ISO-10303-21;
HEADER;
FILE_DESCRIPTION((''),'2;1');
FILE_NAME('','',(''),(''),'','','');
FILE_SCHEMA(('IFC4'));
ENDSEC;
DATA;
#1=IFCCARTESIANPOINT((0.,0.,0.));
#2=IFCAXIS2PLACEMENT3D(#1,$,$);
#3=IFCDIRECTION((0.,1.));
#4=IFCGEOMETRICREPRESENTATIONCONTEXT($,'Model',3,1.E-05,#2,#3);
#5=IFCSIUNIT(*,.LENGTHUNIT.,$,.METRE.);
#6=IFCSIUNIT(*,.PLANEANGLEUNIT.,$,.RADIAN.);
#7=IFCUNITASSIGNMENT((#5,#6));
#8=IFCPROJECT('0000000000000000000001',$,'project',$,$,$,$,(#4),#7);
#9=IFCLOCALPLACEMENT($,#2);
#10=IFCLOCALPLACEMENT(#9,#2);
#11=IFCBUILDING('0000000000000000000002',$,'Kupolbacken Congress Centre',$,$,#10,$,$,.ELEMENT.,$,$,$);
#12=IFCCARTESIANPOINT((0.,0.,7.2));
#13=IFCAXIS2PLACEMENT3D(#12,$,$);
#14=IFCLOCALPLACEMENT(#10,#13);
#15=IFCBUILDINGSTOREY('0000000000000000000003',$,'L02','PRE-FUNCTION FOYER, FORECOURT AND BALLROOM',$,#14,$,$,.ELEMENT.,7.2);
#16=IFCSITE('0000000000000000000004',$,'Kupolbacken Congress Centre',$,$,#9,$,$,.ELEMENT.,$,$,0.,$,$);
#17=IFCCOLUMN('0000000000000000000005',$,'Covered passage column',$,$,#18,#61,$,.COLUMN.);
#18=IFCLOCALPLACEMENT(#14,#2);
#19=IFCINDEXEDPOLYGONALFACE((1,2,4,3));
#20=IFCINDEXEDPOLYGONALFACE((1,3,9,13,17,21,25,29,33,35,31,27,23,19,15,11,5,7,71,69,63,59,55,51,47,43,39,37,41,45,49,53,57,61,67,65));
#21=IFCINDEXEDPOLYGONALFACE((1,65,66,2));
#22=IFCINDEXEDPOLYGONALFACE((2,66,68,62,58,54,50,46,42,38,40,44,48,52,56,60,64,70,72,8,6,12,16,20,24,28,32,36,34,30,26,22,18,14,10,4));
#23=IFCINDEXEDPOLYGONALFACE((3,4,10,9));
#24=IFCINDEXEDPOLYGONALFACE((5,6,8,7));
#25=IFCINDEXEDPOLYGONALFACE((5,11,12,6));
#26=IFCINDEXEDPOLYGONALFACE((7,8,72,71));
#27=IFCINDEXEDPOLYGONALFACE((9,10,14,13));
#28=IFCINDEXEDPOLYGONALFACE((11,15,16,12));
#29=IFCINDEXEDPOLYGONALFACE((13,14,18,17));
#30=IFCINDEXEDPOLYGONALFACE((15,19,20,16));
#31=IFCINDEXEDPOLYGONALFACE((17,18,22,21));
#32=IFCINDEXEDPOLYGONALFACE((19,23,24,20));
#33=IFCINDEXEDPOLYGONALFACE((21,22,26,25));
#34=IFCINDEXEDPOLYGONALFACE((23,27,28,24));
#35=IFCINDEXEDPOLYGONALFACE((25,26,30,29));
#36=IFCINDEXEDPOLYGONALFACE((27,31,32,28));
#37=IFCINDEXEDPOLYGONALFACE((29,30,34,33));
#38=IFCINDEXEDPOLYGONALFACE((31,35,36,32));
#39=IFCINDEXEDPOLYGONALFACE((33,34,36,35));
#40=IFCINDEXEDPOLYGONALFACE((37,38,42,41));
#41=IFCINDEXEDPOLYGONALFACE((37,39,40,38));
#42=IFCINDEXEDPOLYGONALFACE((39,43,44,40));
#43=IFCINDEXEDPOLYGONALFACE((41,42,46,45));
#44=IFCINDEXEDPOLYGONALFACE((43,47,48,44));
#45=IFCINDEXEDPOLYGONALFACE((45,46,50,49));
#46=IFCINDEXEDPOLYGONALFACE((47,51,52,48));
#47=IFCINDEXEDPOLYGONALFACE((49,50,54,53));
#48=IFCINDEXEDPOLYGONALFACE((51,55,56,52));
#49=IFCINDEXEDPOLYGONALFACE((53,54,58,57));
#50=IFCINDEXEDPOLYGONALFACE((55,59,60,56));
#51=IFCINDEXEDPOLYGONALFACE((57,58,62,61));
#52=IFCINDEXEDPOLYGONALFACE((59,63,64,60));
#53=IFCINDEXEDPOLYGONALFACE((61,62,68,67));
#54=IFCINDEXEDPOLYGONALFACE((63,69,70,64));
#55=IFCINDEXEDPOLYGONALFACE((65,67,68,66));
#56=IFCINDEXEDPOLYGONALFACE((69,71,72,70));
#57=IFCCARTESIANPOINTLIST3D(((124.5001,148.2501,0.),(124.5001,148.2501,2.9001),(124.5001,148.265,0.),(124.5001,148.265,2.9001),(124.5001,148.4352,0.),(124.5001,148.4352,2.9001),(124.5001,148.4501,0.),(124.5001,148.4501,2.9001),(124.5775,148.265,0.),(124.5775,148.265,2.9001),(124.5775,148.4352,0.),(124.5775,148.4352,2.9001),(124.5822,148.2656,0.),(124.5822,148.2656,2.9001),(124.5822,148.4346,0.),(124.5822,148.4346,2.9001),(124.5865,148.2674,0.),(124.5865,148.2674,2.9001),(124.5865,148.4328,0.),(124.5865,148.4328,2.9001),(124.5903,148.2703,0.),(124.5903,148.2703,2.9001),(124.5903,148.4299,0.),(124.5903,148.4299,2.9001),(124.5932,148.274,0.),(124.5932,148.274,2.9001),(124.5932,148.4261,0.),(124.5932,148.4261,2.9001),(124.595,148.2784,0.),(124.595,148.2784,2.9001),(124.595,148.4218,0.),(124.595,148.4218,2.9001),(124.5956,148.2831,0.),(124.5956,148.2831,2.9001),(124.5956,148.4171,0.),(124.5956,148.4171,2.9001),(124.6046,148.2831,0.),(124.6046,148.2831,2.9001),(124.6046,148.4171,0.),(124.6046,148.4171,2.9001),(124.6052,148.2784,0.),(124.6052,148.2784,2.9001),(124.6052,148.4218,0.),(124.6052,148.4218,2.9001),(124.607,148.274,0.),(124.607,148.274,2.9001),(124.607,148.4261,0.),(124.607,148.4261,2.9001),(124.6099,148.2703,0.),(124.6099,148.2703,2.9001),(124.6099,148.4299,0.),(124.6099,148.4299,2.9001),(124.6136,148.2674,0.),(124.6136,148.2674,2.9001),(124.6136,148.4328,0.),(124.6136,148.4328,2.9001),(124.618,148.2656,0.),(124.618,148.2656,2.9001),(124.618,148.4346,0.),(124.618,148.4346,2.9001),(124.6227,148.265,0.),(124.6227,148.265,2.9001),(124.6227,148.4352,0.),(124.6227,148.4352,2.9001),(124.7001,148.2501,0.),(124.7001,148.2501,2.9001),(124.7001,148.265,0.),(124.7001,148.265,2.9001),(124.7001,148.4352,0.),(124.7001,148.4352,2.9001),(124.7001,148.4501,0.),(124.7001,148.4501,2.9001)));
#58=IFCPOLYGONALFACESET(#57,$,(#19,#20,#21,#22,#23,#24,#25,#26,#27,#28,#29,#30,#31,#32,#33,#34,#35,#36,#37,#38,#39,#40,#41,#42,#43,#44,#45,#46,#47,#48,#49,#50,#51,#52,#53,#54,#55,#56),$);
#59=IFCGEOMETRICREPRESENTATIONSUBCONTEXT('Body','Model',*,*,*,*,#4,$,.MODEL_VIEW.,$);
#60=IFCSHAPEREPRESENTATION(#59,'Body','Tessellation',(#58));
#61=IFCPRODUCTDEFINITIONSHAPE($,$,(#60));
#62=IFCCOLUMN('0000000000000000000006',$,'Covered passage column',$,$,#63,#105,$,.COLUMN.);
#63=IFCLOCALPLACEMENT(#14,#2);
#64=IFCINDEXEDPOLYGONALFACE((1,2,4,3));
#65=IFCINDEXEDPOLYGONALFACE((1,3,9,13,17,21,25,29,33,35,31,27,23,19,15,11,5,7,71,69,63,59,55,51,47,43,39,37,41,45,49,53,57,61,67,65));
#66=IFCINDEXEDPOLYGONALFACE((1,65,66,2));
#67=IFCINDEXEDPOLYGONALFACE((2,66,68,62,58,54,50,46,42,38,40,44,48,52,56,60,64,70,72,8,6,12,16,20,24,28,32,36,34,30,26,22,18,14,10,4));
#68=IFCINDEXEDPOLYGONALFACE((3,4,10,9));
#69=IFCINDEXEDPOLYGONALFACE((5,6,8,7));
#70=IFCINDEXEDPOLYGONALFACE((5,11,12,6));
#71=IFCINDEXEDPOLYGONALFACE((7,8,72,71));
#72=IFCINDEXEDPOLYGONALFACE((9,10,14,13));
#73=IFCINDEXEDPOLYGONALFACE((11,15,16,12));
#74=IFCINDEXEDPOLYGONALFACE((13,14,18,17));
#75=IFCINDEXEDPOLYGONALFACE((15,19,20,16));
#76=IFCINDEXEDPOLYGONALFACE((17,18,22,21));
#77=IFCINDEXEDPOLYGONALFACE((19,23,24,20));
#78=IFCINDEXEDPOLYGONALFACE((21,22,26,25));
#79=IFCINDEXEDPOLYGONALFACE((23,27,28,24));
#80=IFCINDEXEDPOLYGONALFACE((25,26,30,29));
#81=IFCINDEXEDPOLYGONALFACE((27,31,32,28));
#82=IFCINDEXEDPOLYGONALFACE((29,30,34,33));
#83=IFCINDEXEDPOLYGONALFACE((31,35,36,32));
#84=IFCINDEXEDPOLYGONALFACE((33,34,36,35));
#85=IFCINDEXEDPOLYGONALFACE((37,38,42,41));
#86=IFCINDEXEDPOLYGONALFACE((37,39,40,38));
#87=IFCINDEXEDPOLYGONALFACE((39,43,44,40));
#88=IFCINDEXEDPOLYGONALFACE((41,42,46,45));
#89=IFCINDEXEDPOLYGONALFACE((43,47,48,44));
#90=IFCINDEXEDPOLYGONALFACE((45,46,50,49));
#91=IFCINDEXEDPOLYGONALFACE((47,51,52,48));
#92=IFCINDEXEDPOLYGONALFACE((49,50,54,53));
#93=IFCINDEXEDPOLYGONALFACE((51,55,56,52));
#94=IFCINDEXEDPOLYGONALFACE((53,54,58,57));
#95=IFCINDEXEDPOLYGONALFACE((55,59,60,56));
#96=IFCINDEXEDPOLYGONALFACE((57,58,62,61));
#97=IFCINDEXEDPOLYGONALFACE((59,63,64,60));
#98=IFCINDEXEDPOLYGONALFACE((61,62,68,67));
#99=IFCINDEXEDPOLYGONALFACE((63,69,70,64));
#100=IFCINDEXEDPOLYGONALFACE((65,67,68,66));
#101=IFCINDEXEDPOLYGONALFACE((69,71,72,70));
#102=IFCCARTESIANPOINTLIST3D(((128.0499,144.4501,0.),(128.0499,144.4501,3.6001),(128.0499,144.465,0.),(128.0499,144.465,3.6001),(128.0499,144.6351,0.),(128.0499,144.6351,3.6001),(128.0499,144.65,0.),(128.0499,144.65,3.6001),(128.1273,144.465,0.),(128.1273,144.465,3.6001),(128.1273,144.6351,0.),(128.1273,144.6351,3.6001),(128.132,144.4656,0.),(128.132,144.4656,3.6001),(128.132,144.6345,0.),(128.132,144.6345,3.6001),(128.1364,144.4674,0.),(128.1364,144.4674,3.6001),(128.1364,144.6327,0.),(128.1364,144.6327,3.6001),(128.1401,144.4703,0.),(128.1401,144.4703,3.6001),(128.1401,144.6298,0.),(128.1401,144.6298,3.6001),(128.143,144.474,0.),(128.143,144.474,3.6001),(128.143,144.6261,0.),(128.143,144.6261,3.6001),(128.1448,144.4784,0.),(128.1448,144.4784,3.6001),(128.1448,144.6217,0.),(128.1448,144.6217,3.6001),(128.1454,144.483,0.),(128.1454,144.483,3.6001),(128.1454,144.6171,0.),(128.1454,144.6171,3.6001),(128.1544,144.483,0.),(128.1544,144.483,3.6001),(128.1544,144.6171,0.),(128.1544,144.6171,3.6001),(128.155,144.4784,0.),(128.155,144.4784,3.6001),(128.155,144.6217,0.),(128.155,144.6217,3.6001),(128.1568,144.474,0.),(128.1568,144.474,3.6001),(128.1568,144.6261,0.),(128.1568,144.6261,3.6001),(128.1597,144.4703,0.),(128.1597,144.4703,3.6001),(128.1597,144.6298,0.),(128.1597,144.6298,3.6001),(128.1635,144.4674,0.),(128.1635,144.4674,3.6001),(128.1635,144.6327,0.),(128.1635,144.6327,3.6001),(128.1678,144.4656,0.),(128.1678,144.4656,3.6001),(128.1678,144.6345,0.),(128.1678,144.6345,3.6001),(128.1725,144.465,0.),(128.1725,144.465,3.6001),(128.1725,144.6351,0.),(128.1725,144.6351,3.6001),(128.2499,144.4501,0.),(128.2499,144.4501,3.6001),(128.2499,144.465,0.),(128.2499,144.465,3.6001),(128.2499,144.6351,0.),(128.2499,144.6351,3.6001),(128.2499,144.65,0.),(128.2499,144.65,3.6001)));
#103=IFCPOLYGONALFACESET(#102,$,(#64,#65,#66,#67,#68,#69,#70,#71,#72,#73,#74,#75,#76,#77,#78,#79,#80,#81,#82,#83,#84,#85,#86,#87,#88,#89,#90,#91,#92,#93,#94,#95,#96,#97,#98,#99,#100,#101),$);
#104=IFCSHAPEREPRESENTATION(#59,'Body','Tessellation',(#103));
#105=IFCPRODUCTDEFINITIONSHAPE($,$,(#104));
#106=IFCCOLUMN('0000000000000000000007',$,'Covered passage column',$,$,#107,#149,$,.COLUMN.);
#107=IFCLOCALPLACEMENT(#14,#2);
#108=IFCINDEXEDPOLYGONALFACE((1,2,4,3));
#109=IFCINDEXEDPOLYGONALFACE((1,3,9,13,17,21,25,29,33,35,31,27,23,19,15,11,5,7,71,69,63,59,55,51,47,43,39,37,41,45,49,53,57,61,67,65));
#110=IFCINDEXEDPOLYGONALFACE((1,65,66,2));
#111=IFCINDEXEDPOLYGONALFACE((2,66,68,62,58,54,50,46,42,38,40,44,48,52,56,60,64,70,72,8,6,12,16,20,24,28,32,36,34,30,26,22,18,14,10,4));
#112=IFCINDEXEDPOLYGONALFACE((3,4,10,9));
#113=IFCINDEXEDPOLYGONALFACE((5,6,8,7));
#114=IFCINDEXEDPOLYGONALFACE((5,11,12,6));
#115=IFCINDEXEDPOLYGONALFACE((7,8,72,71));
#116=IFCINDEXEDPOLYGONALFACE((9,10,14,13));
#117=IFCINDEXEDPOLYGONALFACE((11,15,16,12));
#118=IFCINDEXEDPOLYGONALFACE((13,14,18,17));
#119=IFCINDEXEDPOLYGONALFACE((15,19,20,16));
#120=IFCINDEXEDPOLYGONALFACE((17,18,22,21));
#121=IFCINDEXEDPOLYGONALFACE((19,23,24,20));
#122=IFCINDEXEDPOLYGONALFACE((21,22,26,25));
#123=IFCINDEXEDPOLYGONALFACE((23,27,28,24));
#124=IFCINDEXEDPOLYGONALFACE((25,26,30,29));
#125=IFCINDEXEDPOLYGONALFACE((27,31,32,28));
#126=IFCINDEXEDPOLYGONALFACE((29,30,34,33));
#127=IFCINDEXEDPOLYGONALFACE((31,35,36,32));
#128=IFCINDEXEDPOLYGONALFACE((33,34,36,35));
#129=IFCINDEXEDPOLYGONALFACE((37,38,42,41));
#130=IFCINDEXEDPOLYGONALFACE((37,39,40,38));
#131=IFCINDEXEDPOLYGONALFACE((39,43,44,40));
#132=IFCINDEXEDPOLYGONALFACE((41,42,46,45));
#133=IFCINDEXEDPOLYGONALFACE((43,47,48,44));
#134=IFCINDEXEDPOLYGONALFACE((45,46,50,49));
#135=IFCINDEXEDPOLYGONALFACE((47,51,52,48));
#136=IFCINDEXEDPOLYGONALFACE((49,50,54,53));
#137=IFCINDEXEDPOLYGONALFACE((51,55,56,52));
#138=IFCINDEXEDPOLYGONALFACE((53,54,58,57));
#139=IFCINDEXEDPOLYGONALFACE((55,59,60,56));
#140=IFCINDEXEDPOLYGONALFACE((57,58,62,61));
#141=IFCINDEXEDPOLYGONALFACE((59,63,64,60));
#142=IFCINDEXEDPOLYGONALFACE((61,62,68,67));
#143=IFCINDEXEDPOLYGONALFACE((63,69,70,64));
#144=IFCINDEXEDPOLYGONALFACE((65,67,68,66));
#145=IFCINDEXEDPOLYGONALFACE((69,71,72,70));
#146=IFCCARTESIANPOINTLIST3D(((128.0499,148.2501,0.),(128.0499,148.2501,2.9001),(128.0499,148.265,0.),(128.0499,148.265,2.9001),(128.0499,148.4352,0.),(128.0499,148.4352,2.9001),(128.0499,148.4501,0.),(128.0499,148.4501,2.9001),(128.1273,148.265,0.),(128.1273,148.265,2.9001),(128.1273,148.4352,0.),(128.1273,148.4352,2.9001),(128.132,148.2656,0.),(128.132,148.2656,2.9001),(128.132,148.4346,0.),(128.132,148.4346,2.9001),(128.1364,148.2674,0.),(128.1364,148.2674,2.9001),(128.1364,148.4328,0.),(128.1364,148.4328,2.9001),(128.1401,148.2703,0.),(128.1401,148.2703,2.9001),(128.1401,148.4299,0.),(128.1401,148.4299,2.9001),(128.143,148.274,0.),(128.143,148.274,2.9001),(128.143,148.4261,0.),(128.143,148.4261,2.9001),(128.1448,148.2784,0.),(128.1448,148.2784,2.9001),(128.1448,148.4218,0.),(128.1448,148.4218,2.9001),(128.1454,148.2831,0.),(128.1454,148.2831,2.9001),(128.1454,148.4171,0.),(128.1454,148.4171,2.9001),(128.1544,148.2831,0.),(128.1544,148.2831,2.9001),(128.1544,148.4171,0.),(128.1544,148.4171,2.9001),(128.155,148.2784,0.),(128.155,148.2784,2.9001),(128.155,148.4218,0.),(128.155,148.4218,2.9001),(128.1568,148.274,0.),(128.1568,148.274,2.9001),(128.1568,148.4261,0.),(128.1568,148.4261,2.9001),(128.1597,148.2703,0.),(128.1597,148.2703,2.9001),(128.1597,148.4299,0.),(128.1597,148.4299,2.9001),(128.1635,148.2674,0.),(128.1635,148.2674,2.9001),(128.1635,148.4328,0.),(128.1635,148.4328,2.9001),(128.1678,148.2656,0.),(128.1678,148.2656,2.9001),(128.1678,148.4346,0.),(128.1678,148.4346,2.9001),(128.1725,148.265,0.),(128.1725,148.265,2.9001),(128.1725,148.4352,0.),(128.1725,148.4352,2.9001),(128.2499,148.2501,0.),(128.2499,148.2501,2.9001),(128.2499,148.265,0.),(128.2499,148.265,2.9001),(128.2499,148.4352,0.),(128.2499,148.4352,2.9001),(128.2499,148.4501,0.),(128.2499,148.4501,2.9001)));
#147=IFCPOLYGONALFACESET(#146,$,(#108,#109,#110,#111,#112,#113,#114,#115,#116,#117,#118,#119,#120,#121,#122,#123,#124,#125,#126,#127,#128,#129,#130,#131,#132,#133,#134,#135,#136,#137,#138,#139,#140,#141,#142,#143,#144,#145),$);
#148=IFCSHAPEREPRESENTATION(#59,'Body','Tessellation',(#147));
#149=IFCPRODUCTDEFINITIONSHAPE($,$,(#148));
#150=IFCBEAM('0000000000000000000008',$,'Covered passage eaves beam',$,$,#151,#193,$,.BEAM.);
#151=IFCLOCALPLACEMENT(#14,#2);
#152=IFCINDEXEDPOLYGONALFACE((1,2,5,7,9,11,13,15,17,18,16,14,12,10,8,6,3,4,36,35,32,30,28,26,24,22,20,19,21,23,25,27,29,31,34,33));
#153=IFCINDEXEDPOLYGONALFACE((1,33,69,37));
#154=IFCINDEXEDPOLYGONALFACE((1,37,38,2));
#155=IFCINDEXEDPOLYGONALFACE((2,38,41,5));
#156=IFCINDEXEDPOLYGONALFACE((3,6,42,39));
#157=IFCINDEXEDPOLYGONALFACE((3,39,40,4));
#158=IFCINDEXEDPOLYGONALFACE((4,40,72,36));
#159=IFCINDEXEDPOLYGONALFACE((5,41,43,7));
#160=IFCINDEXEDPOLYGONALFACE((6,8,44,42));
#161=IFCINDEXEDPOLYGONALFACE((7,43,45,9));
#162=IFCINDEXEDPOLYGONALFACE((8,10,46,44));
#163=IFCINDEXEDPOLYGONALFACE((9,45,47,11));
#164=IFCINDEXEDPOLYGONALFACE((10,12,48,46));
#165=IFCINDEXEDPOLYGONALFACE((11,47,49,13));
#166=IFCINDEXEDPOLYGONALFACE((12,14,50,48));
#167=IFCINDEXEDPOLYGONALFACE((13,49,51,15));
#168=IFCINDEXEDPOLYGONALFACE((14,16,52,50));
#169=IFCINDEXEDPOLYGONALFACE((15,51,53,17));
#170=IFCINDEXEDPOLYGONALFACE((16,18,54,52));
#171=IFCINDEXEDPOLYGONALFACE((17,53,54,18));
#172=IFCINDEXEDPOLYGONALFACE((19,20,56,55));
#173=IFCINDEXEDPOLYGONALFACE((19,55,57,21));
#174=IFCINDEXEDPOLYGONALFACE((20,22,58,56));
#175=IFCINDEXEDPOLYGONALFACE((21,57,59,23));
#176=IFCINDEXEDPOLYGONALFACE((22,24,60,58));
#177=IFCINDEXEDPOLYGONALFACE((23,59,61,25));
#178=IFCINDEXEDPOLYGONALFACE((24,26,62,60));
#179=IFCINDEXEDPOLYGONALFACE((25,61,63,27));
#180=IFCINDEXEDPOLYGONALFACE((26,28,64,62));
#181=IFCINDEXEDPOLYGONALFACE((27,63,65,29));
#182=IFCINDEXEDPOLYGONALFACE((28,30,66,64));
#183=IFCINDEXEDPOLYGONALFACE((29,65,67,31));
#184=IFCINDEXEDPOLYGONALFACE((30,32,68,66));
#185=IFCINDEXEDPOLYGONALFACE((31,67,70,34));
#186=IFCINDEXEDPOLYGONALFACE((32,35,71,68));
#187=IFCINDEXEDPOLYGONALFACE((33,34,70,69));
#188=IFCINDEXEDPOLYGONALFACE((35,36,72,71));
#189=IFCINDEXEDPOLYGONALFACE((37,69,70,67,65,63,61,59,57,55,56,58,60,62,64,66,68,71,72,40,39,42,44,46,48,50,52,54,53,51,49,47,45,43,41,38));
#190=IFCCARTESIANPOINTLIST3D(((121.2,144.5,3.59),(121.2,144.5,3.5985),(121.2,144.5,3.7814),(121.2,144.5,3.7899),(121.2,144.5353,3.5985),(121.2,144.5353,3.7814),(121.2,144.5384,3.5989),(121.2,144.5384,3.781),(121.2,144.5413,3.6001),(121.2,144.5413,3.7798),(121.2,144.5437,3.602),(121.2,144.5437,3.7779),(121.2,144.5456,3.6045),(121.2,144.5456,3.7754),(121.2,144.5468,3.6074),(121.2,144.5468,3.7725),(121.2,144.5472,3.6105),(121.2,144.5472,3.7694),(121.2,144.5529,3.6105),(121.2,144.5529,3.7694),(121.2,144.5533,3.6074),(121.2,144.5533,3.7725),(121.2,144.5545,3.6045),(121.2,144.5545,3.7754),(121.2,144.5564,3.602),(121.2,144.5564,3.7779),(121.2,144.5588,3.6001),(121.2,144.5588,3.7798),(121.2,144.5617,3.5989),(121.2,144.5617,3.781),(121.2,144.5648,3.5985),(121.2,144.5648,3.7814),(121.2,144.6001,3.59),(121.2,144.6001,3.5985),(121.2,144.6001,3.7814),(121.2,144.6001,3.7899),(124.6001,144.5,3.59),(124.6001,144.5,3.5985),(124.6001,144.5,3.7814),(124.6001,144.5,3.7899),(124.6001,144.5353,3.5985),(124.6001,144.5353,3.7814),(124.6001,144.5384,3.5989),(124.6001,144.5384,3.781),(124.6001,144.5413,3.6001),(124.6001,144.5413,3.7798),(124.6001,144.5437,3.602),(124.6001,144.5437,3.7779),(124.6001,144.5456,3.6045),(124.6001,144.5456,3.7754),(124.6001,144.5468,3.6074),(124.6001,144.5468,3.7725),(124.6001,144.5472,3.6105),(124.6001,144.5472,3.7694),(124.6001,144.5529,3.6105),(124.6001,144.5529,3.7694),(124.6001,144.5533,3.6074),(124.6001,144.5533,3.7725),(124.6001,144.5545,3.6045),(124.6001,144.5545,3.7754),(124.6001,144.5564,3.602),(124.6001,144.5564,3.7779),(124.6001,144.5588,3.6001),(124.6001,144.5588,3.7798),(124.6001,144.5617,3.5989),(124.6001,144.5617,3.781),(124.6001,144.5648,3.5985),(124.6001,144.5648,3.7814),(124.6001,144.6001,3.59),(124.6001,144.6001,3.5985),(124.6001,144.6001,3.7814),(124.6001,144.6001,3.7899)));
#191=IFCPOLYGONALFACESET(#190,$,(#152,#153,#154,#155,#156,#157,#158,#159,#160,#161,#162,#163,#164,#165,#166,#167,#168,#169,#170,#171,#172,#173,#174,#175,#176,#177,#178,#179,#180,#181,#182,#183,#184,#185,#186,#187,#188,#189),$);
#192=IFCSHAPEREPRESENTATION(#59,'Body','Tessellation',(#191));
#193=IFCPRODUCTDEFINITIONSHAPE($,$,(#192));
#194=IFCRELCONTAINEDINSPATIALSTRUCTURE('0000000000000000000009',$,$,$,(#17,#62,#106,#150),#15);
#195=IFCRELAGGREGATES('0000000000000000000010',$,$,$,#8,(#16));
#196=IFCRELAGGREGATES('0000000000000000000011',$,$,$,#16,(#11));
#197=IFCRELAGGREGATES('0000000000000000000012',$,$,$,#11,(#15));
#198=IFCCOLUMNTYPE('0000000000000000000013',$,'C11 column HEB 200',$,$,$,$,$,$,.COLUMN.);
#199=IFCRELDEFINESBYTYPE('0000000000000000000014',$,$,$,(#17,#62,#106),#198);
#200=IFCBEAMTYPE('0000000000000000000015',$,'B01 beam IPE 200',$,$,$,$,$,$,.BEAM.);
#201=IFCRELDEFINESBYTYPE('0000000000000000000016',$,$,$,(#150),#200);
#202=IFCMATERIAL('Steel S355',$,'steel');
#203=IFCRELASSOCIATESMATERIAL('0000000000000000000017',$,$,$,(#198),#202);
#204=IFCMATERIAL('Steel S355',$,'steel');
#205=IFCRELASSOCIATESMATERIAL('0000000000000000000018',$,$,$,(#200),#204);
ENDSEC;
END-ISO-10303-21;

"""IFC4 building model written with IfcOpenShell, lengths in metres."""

from ifc_helpers import new_model, si_unit, direction, frame, origin, origin_2d, place, context, subcontext, project, spatial, i_section, extrude, material, material_profile, profile_set, type_object, element, save


model = new_model("IFC4")

# Units and contexts
model_context = context("Model", 3, precision=1e-05, world=origin(), true_north=direction((0.0, 1.0)))
body_context = subcontext(model_context, "Body", "Model", "MODEL_VIEW")
ifc_project = project(units=[si_unit("LENGTHUNIT", "METRE"), si_unit("PLANEANGLEUNIT", "RADIAN")], contexts=[model_context])

# Site, building, storey
site_placement = place(None, origin())
site = spatial("IfcSite", under=ifc_project, at=site_placement, Name="Kupolbacken Congress Centre", CompositionType="ELEMENT", RefElevation=0.0)
building_placement = place(site_placement, origin())
building = spatial("IfcBuilding", under=site, at=building_placement, Name="Kupolbacken Congress Centre", CompositionType="ELEMENT")
storey_placement = place(building_placement, frame((0.0, 0.0, 7.2)))
storey = spatial("IfcBuildingStorey", under=building, at=storey_placement, Name="L02", Description="PRE-FUNCTION FOYER, FORECOURT AND BALLROOM", CompositionType="ELEMENT", Elevation=7.2)

# Columns
ifc_material_1 = material(Name="Steel S355", Category="steel")
ifc_material_profile_1 = material_profile(ifc_material_1, i_section(OverallWidth=0.2, OverallDepth=0.2, WebThickness=0.009, FlangeThickness=0.0149, FilletRadius=0.0181, at=origin_2d()), Name="HEB 200")
ifc_profile_set_1 = profile_set([ifc_material_profile_1], Name="Steel S355")
column_type = type_object("IfcColumnType", Name="C11 column HEB 200", PredefinedType="COLUMN", material=ifc_profile_set_1)
column_1_placement = place(storey_placement, frame((124.6001, 148.3501, 0.0), z_axis=(0.0, 0.0, 1.0), x_axis=(1.0, 0.0, 0.0)))
element("IfcColumn", 1, at=column_1_placement, inside=storey, type_object=column_type, Name="Covered passage column", PredefinedType="COLUMN", context=body_context, shape_type="SweptSolid", body=[
    extrude(i_section(OverallWidth=0.2, OverallDepth=0.2, WebThickness=0.009, FlangeThickness=0.0149, FilletRadius=0.0181, at=origin_2d()), origin(), (0.0, 0.0, 1.0), 2.9001),
])
column_2_placement = place(storey_placement, frame((128.1499, 144.55, 0.0), z_axis=(0.0, 0.0, 1.0), x_axis=(1.0, 0.0, 0.0)))
element("IfcColumn", 2, at=column_2_placement, inside=storey, type_object=column_type, Name="Covered passage column", PredefinedType="COLUMN", context=body_context, shape_type="SweptSolid", body=[
    extrude(i_section(OverallWidth=0.2, OverallDepth=0.2, WebThickness=0.009, FlangeThickness=0.0149, FilletRadius=0.0181, at=origin_2d()), origin(), (0.0, 0.0, 1.0), 3.6001),
])
column_3_placement = place(storey_placement, frame((128.1499, 148.3501, 0.0), z_axis=(0.0, 0.0, 1.0), x_axis=(1.0, 0.0, 0.0)))
element("IfcColumn", 3, at=column_3_placement, inside=storey, type_object=column_type, Name="Covered passage column", PredefinedType="COLUMN", context=body_context, shape_type="SweptSolid", body=[
    extrude(i_section(OverallWidth=0.2, OverallDepth=0.2, WebThickness=0.009, FlangeThickness=0.0149, FilletRadius=0.0181, at=origin_2d()), origin(), (0.0, 0.0, 1.0), 2.9001),
])

# Beam
ifc_material_2 = material(Name="Steel S355", Category="steel")
ifc_material_profile_2 = material_profile(ifc_material_2, i_section(OverallWidth=0.1001, OverallDepth=0.2, WebThickness=0.0056, FlangeThickness=0.0085, FilletRadius=0.012, at=origin_2d()), Name="IPE 200")
ifc_profile_set_2 = profile_set([ifc_material_profile_2], Name="Steel S355")
beam_type_1 = type_object("IfcBeamType", Name="B01 beam IPE 200", PredefinedType="BEAM", material=ifc_profile_set_2)
for number, where, z_axis, x_axis, name in (
    (4, (121.2, 144.55, 3.6899), (1.0, 0.0, 0.0), (0.0, 1.0, 0.0), "Covered passage eaves beam"),
):
    element("IfcBeam", number, at=place(storey_placement, frame(where, z_axis=z_axis, x_axis=x_axis)), inside=storey, type_object=beam_type_1, Name=name, PredefinedType="BEAM", context=body_context, shape_type="SweptSolid", body=[
        extrude(i_section(OverallWidth=0.1001, OverallDepth=0.2, WebThickness=0.0056, FlangeThickness=0.0085, FilletRadius=0.012, at=origin_2d()), origin(), (0.0, 0.0, 1.0), 3.4001),
    ])

save(model, "model.ifc")
